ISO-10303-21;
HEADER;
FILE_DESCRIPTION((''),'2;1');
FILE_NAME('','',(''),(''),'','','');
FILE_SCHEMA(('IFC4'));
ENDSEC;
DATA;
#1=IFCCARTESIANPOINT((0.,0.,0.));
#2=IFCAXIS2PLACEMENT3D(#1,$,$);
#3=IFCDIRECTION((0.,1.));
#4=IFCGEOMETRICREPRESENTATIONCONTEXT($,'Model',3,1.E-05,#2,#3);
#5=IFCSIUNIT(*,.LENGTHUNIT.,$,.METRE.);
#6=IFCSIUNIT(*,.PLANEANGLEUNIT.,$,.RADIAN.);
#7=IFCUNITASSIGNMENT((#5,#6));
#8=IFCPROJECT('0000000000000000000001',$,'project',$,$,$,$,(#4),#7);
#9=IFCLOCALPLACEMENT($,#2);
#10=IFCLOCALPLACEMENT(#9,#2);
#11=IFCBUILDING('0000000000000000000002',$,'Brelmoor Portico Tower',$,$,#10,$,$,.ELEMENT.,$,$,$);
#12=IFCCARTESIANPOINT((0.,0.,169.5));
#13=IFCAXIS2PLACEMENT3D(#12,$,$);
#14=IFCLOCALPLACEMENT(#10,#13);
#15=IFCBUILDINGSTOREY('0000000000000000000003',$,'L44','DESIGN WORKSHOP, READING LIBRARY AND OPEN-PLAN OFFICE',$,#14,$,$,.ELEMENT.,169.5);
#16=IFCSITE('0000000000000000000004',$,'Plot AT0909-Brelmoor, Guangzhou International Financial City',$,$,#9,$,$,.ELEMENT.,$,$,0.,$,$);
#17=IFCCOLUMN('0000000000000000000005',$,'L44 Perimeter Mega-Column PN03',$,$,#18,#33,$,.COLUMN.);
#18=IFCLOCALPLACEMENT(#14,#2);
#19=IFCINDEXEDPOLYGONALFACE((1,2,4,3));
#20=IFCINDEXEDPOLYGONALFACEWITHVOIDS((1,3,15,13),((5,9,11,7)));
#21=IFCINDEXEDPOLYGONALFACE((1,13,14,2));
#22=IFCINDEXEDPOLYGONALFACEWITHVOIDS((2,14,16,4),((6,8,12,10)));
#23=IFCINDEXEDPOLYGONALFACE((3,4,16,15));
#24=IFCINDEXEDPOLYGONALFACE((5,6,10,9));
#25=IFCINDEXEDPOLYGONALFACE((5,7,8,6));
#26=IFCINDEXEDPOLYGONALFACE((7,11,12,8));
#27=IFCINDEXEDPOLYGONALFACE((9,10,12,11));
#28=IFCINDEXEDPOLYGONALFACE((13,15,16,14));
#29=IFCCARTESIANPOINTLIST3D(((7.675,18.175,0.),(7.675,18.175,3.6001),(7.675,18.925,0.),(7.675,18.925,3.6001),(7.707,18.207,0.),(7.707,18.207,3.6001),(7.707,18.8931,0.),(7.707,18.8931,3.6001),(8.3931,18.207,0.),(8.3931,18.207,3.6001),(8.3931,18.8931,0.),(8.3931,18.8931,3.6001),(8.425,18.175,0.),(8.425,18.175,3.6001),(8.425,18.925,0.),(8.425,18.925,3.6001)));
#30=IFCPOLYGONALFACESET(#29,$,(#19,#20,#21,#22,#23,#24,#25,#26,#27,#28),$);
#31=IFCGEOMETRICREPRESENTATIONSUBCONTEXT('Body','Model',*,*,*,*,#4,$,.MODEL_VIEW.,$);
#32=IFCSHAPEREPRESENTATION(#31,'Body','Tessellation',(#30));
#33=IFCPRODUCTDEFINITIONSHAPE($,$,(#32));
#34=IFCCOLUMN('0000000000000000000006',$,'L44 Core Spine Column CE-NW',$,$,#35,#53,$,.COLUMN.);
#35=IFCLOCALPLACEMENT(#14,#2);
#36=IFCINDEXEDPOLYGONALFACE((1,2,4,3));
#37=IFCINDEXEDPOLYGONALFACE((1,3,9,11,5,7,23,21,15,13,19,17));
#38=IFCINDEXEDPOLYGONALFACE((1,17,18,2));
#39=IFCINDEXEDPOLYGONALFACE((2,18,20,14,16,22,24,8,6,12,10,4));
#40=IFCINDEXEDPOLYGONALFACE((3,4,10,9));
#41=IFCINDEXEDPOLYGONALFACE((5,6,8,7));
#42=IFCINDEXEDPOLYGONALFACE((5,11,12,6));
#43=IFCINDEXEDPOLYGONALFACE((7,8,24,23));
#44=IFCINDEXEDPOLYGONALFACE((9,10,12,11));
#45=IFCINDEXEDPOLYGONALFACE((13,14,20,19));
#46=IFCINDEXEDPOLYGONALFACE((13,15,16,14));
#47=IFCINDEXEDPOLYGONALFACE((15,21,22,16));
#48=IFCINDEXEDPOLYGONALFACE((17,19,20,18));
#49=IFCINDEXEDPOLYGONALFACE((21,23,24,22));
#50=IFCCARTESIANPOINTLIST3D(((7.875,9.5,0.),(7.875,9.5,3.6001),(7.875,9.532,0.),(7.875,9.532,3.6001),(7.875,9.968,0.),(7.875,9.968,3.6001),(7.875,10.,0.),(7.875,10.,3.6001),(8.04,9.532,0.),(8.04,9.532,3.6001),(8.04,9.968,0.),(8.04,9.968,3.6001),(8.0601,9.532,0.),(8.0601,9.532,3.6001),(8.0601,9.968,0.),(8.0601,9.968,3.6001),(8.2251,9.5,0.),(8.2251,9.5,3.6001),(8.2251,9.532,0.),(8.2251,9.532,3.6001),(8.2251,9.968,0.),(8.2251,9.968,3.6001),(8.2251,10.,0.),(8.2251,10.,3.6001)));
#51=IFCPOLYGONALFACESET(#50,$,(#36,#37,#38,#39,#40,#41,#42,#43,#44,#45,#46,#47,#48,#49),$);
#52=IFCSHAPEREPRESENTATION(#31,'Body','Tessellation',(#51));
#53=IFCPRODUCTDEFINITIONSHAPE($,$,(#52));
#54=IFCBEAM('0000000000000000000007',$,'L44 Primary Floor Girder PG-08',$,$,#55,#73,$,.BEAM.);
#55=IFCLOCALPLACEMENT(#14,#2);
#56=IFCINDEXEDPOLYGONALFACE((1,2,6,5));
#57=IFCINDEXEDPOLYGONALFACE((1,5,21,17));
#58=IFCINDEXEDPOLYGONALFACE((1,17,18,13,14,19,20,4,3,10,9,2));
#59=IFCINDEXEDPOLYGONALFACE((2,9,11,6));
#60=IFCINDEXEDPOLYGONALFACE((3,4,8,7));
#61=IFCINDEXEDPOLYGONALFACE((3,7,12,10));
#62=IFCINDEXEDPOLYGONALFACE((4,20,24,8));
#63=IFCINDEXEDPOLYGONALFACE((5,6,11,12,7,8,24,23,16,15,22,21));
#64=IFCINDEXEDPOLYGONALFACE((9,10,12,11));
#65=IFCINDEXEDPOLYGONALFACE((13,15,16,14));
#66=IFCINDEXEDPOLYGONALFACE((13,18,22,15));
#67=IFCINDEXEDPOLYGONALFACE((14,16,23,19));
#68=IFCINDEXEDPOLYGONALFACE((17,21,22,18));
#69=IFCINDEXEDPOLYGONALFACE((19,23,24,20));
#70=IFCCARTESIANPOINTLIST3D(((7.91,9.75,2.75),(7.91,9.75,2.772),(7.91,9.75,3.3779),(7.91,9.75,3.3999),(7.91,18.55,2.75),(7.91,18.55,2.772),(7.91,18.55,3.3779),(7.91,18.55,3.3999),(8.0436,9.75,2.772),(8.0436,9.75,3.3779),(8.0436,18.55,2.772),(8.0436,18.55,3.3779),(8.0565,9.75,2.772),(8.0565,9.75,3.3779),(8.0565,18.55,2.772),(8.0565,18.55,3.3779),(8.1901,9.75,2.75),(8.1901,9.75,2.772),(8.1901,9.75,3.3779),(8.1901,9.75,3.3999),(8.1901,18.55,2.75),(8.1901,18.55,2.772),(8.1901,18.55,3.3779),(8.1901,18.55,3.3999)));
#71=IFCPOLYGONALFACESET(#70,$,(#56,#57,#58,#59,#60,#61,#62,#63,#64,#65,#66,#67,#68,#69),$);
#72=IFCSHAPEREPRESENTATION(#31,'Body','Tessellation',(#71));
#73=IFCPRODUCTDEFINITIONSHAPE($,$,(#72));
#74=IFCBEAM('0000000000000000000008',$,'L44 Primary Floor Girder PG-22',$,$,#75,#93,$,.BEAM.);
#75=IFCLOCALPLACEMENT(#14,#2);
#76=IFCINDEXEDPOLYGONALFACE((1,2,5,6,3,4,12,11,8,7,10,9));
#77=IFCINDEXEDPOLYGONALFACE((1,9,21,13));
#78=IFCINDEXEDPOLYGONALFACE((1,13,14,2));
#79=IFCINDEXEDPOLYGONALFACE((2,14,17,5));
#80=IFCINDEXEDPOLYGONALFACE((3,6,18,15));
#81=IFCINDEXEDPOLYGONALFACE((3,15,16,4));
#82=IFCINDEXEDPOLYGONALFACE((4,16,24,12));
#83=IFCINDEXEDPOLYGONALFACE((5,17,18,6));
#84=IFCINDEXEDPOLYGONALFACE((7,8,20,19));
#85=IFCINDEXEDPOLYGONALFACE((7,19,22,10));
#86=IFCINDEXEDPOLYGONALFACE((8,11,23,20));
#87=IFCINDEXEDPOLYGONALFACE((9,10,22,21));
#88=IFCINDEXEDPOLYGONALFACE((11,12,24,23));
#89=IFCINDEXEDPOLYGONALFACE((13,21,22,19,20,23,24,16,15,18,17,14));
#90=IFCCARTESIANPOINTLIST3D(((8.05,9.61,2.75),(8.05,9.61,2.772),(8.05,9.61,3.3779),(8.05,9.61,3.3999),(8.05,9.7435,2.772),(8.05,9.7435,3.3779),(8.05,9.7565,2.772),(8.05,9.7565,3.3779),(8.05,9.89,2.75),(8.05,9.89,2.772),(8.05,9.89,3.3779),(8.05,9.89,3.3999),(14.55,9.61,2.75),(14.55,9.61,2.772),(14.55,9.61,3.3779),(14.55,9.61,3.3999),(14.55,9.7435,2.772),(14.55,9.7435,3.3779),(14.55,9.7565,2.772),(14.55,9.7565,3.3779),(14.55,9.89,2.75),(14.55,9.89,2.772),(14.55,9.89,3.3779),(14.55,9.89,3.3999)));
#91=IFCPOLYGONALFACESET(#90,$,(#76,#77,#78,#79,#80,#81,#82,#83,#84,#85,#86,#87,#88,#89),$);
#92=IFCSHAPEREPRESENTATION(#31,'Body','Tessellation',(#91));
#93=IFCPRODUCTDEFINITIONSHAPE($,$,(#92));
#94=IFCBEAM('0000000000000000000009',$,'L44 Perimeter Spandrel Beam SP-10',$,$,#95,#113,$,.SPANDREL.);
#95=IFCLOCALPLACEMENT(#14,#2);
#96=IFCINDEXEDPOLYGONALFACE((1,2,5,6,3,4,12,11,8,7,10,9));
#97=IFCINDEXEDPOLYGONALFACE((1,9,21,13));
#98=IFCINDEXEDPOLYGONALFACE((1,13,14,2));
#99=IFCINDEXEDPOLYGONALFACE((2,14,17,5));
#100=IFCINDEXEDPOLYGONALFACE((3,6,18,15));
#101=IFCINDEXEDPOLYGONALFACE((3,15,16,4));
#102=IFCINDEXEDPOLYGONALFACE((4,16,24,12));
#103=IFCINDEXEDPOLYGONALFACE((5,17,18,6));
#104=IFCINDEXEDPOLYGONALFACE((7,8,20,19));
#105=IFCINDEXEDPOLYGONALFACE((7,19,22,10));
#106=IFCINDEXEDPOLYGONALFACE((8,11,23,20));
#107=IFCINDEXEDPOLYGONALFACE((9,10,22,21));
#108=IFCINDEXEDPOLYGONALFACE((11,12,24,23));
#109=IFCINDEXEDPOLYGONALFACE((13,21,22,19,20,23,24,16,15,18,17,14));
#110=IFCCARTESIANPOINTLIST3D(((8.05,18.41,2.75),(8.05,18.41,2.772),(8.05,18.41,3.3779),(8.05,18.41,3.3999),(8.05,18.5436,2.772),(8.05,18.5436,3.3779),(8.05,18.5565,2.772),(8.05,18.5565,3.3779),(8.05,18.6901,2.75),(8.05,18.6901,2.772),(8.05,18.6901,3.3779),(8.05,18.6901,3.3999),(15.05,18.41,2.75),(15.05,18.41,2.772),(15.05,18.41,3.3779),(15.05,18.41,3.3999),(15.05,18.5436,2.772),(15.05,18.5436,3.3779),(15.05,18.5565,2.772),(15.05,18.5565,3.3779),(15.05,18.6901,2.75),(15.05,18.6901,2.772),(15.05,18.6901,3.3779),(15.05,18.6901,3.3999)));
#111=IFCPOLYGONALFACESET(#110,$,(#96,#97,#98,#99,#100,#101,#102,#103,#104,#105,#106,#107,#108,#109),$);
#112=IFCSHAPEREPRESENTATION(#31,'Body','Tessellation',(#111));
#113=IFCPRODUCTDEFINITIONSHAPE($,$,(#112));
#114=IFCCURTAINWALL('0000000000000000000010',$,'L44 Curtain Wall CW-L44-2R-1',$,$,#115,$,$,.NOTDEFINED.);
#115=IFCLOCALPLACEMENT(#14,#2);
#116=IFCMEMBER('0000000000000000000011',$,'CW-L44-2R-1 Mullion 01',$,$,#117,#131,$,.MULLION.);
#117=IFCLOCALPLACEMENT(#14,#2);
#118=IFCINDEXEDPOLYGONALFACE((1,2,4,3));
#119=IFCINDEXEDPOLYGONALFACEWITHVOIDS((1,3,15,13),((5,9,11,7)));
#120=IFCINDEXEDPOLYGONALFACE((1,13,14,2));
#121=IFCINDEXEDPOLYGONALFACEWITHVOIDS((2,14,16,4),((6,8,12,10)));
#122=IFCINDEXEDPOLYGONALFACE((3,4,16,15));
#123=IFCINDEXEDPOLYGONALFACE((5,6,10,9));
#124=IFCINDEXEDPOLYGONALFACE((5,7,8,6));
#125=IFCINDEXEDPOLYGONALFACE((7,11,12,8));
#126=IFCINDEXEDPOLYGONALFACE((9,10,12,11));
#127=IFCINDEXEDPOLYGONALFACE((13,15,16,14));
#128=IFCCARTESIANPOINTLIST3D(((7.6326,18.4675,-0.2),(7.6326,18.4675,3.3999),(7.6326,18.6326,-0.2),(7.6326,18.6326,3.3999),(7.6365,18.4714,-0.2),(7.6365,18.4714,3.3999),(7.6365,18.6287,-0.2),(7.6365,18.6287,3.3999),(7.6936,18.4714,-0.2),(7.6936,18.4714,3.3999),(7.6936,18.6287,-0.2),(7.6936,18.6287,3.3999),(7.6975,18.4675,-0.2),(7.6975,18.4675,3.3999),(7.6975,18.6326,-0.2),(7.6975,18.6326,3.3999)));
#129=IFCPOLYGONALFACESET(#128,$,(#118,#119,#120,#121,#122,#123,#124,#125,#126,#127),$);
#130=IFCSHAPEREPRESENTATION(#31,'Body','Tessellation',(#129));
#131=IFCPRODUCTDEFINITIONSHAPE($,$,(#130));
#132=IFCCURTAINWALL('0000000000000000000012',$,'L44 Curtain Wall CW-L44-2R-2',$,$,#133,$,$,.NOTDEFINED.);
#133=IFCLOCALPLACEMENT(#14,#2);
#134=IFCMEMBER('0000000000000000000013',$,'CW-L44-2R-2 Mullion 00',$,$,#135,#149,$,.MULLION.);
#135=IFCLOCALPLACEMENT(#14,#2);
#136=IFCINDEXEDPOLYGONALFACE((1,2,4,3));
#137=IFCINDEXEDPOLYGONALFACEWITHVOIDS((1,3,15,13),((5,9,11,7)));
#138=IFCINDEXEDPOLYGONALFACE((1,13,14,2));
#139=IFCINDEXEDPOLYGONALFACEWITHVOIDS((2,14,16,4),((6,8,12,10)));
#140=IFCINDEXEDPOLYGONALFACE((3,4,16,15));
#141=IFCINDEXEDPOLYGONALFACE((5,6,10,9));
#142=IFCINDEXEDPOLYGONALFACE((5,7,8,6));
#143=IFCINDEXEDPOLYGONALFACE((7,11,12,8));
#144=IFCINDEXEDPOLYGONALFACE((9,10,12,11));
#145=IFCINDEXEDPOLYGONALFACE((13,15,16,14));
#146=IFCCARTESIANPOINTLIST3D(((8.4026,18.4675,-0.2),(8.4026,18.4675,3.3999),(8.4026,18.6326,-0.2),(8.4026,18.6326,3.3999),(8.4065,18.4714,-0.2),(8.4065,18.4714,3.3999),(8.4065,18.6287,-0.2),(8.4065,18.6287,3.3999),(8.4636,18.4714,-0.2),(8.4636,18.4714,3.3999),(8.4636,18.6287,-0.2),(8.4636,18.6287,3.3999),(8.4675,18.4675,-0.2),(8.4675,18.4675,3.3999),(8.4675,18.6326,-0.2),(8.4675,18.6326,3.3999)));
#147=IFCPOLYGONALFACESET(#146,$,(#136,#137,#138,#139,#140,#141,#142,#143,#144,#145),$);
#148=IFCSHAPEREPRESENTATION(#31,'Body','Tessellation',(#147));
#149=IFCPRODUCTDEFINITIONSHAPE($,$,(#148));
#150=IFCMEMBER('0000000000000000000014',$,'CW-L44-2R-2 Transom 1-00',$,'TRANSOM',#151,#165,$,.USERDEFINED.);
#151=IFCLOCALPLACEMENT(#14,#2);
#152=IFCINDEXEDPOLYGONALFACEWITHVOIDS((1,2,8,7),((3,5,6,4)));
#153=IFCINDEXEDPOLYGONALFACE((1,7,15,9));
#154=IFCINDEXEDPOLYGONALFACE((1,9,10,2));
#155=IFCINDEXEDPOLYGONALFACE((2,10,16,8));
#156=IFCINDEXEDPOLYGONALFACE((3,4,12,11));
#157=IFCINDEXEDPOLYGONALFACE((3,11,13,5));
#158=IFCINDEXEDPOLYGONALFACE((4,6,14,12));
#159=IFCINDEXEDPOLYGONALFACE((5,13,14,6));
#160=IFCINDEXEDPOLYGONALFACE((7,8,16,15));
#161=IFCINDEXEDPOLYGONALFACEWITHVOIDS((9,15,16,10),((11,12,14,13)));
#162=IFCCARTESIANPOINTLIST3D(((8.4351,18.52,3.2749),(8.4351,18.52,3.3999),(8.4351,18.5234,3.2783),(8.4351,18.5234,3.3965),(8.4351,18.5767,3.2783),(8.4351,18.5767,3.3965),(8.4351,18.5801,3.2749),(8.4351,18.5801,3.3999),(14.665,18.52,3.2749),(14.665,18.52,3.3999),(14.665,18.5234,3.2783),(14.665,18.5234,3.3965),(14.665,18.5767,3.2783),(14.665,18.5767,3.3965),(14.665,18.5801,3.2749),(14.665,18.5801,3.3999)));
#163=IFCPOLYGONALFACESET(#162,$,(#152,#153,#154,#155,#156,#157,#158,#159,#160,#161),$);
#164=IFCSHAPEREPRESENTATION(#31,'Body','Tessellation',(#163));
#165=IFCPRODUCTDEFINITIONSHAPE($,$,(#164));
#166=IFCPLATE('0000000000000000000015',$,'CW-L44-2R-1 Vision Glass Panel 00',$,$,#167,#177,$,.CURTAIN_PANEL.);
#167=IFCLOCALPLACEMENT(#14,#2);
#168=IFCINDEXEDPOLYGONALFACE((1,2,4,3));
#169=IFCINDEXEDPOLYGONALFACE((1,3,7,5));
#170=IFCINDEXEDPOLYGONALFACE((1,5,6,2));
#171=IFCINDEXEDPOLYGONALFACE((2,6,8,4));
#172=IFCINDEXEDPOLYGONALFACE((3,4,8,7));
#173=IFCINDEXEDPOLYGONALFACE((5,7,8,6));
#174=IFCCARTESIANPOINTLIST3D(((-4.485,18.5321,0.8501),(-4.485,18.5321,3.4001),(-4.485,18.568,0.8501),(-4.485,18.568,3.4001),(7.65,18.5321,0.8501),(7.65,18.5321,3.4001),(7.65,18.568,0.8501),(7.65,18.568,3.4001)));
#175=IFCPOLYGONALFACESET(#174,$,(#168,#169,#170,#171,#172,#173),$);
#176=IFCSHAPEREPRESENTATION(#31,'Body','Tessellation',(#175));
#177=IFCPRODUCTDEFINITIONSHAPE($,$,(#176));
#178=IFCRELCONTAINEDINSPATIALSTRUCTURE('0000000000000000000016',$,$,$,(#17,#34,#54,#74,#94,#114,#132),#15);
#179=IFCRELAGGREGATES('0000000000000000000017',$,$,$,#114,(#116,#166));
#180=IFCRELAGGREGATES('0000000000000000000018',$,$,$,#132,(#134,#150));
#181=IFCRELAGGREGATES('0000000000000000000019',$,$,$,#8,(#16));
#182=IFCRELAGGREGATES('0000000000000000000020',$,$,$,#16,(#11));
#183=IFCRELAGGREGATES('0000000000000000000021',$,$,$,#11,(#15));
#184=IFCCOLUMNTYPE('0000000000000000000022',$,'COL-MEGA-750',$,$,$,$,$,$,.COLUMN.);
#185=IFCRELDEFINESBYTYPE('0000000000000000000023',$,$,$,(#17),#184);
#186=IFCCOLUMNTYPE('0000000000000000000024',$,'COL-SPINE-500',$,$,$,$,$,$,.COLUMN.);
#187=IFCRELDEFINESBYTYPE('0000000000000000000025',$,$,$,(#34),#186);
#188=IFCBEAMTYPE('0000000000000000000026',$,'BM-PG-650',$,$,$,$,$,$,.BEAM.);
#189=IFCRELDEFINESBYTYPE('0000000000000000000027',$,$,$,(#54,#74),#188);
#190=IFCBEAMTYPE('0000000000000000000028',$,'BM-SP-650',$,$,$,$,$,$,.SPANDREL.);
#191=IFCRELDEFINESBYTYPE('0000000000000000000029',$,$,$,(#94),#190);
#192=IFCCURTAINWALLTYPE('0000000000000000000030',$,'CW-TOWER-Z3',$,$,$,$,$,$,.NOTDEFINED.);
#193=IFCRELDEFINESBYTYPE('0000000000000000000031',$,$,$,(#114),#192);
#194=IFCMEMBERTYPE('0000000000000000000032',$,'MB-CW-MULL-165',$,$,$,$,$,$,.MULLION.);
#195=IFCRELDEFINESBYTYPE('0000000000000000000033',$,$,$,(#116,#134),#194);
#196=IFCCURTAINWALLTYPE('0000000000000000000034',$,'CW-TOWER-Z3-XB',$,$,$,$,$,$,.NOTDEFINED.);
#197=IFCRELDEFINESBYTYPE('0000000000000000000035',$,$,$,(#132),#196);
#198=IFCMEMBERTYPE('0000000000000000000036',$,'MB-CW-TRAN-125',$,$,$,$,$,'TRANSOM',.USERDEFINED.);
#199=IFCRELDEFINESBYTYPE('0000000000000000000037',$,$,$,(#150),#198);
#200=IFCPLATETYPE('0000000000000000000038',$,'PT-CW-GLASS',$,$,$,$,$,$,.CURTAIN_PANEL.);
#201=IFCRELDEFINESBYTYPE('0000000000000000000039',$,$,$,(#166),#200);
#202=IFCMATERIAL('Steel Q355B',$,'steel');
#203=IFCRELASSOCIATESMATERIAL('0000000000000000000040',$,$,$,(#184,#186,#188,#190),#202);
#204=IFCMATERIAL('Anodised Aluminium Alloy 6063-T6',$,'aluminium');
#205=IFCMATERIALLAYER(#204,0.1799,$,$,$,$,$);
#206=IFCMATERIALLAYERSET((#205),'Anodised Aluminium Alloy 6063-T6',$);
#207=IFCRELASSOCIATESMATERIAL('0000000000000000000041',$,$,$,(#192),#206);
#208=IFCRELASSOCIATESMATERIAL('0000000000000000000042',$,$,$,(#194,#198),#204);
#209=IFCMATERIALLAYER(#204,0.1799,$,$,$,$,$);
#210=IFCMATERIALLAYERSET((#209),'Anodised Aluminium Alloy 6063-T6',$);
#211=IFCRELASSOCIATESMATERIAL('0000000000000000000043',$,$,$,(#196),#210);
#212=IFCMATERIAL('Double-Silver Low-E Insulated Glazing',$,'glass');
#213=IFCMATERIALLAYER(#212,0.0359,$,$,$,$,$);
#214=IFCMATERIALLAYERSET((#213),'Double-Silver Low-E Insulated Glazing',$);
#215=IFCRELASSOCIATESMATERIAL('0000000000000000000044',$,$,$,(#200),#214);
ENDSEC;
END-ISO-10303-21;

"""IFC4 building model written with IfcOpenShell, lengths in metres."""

from ifc_helpers import new_model, si_unit, direction, frame, origin, origin_2d, place, context, subcontext, project, spatial, rectangle, hollow_rectangle, i_section, extrude, material, layer, layer_set, material_profile, profile_set, type_object, element, aggregate, save


model = new_model("IFC4")

# Units and contexts
model_context = context("Model", 3, precision=1e-05, world=origin(), true_north=direction((0.0, 1.0)))
body_context = subcontext(model_context, "Body", "Model", "MODEL_VIEW")
ifc_project = project(units=[si_unit("LENGTHUNIT", "METRE"), si_unit("PLANEANGLEUNIT", "RADIAN")], contexts=[model_context])

# Site, building, storey
site_placement = place(None, origin())
site = spatial("IfcSite", under=ifc_project, at=site_placement, Name="Plot AT0909-Brelmoor, Guangzhou International Financial City", CompositionType="ELEMENT", RefElevation=0.0)
building_placement = place(site_placement, origin())
building = spatial("IfcBuilding", under=site, at=building_placement, Name="Brelmoor Portico Tower", CompositionType="ELEMENT")
storey_placement = place(building_placement, frame((0.0, 0.0, 169.5)))
storey = spatial("IfcBuildingStorey", under=building, at=storey_placement, Name="L44", Description="DESIGN WORKSHOP, READING LIBRARY AND OPEN-PLAN OFFICE", CompositionType="ELEMENT", Elevation=169.5)

# Columns
ifc_material_1 = material(Name="Steel Q355B", Category="steel")
ifc_material_profile_1 = material_profile(ifc_material_1, hollow_rectangle(XDim=0.75, YDim=0.75, WallThickness=0.032, at=origin_2d()), Name="BOX 750x750x32")
ifc_profile_set_1 = profile_set([ifc_material_profile_1], Name="Steel Q355B")
column_type_1 = type_object("IfcColumnType", Name="COL-MEGA-750", PredefinedType="COLUMN", material=ifc_profile_set_1)
column_1_placement = place(storey_placement, frame((8.05, 18.55, 0.0), z_axis=(0.0, 0.0, 1.0), x_axis=(1.0, 0.0, 0.0)))
element("IfcColumn", 1, at=column_1_placement, inside=storey, type_object=column_type_1, Name="L44 Perimeter Mega-Column PN03", PredefinedType="COLUMN", context=body_context, shape_type="SweptSolid", body=[
    extrude(hollow_rectangle(XDim=0.75, YDim=0.75, WallThickness=0.032, at=origin_2d()), origin(), (0.0, 0.0, 1.0), 3.6001),
])
ifc_material_profile_2 = material_profile(ifc_material_1, i_section(OverallWidth=0.3501, OverallDepth=0.5, WebThickness=0.02, FlangeThickness=0.032, at=origin_2d()), Name="HW 500x350x20x32")
ifc_profile_set_2 = profile_set([ifc_material_profile_2], Name="Steel Q355B")
column_type_2 = type_object("IfcColumnType", Name="COL-SPINE-500", PredefinedType="COLUMN", material=ifc_profile_set_2)
column_2_placement = place(storey_placement, frame((8.05, 9.75, 0.0), z_axis=(0.0, 0.0, 1.0), x_axis=(1.0, 0.0, 0.0)))
element("IfcColumn", 2, at=column_2_placement, inside=storey, type_object=column_type_2, Name="L44 Core Spine Column CE-NW", PredefinedType="COLUMN", context=body_context, shape_type="SweptSolid", body=[
    extrude(i_section(OverallWidth=0.3501, OverallDepth=0.5, WebThickness=0.02, FlangeThickness=0.032, at=origin_2d()), origin(), (0.0, 0.0, 1.0), 3.6001),
])

# Beams
ifc_material_profile_3 = material_profile(ifc_material_1, i_section(OverallWidth=0.28, OverallDepth=0.6499, WebThickness=0.0129, FlangeThickness=0.022, at=origin_2d()), Name="HN 650x280x13x22")
ifc_profile_set_3 = profile_set([ifc_material_profile_3], Name="Steel Q355B")
beam_type_1 = type_object("IfcBeamType", Name="BM-PG-650", PredefinedType="BEAM", material=ifc_profile_set_3)
beam_1_placement = place(storey_placement, frame((8.05, 9.75, 3.075), z_axis=(0.0, 1.0, 0.0), x_axis=(-1.0, 0.0, 0.0)))
element("IfcBeam", 3, at=beam_1_placement, inside=storey, type_object=beam_type_1, Name="L44 Primary Floor Girder PG-08", PredefinedType="BEAM", context=body_context, shape_type="SweptSolid", body=[
    extrude(i_section(OverallWidth=0.28, OverallDepth=0.6499, WebThickness=0.0129, FlangeThickness=0.022, at=origin_2d()), origin(), (0.0, 0.0, 1.0), 8.8),
])
beam_2_placement = place(storey_placement, frame((8.05, 9.75, 3.075), z_axis=(1.0, 0.0, 0.0), x_axis=(0.0, 1.0, 0.0)))
element("IfcBeam", 4, at=beam_2_placement, inside=storey, type_object=beam_type_1, Name="L44 Primary Floor Girder PG-22", PredefinedType="BEAM", context=body_context, shape_type="SweptSolid", body=[
    extrude(i_section(OverallWidth=0.28, OverallDepth=0.6499, WebThickness=0.0129, FlangeThickness=0.022, at=origin_2d()), origin(), (0.0, 0.0, 1.0), 6.5),
])
ifc_material_profile_4 = material_profile(ifc_material_1, i_section(OverallWidth=0.28, OverallDepth=0.6499, WebThickness=0.0129, FlangeThickness=0.022, at=origin_2d()), Name="HN 650x280x13x22")
ifc_profile_set_4 = profile_set([ifc_material_profile_4], Name="Steel Q355B")
beam_type_2 = type_object("IfcBeamType", Name="BM-SP-650", PredefinedType="SPANDREL", material=ifc_profile_set_4)
beam_3_placement = place(storey_placement, frame((8.05, 18.55, 3.075), z_axis=(1.0, 0.0, 0.0), x_axis=(0.0, 1.0, 0.0)))
element("IfcBeam", 5, at=beam_3_placement, inside=storey, type_object=beam_type_2, Name="L44 Perimeter Spandrel Beam SP-10", PredefinedType="SPANDREL", context=body_context, shape_type="SweptSolid", body=[
    extrude(i_section(OverallWidth=0.28, OverallDepth=0.6499, WebThickness=0.0129, FlangeThickness=0.022, at=origin_2d()), origin(), (0.0, 0.0, 1.0), 7.0),
])

# Curtain wall, member
ifc_material_2 = material(Name="Anodised Aluminium Alloy 6063-T6", Category="aluminium")
ifc_layer_1 = layer(ifc_material_2, 0.1799)
ifc_layer_set_1 = layer_set([ifc_layer_1], Name="Anodised Aluminium Alloy 6063-T6")
curtain_wall_type_1 = type_object("IfcCurtainWallType", Name="CW-TOWER-Z3", PredefinedType="NOTDEFINED", material=ifc_layer_set_1)
curtain_wall_1_placement = place(storey_placement, origin())
curtain_wall_1 = element("IfcCurtainWall", 6, at=curtain_wall_1_placement, inside=storey, type_object=curtain_wall_type_1, Name="L44 Curtain Wall CW-L44-2R-1", PredefinedType="NOTDEFINED")
ifc_material_profile_5 = material_profile(ifc_material_2, hollow_rectangle(XDim=0.0649, YDim=0.165, WallThickness=0.0039, at=origin_2d()), Name="ALU MULLION 65x165")
ifc_profile_set_5 = profile_set([ifc_material_profile_5], Name="Anodised Aluminium Alloy 6063-T6")
member_type_1 = type_object("IfcMemberType", Name="MB-CW-MULL-165", PredefinedType="MULLION", material=ifc_profile_set_5)
member_1_placement = place(storey_placement, frame((7.665, 18.55, -0.2), z_axis=(0.0, 0.0, 1.0), x_axis=(1.0, 0.0, 0.0)))
member_1 = element("IfcMember", 7, at=member_1_placement, type_object=member_type_1, Name="CW-L44-2R-1 Mullion 01", PredefinedType="MULLION", context=body_context, shape_type="SweptSolid", body=[
    extrude(hollow_rectangle(XDim=0.0649, YDim=0.165, WallThickness=0.0039, at=origin_2d()), origin(), (0.0, 0.0, 1.0), 3.5999),
])

# Curtain wall, members
ifc_layer_2 = layer(ifc_material_2, 0.1799)
ifc_layer_set_2 = layer_set([ifc_layer_2], Name="Anodised Aluminium Alloy 6063-T6")
curtain_wall_type_2 = type_object("IfcCurtainWallType", Name="CW-TOWER-Z3-XB", PredefinedType="NOTDEFINED", material=ifc_layer_set_2)
curtain_wall_2_placement = place(storey_placement, origin())
curtain_wall_2 = element("IfcCurtainWall", 8, at=curtain_wall_2_placement, inside=storey, type_object=curtain_wall_type_2, Name="L44 Curtain Wall CW-L44-2R-2", PredefinedType="NOTDEFINED")
member_2_placement = place(storey_placement, frame((8.4351, 18.55, -0.2), z_axis=(0.0, 0.0, 1.0), x_axis=(1.0, 0.0, 0.0)))
member_2 = element("IfcMember", 9, at=member_2_placement, type_object=member_type_1, Name="CW-L44-2R-2 Mullion 00", PredefinedType="MULLION", context=body_context, shape_type="SweptSolid", body=[
    extrude(hollow_rectangle(XDim=0.0649, YDim=0.165, WallThickness=0.0039, at=origin_2d()), origin(), (0.0, 0.0, 1.0), 3.5999),
])
ifc_material_profile_6 = material_profile(ifc_material_2, hollow_rectangle(XDim=0.0601, YDim=0.125, WallThickness=0.0034, at=origin_2d()), Name="ALU TRANSOM 60x125")
ifc_profile_set_6 = profile_set([ifc_material_profile_6], Name="Anodised Aluminium Alloy 6063-T6")
member_type_2 = type_object("IfcMemberType", Name="MB-CW-TRAN-125", ElementType="TRANSOM", PredefinedType="USERDEFINED", material=ifc_profile_set_6)
member_3_placement = place(storey_placement, frame((8.4351, 18.55, 3.3374), z_axis=(1.0, 0.0, 0.0), x_axis=(0.0, 1.0, 0.0)))
member_3 = element("IfcMember", 10, at=member_3_placement, type_object=member_type_2, Name="CW-L44-2R-2 Transom 1-00", ObjectType="TRANSOM", PredefinedType="USERDEFINED", context=body_context, shape_type="SweptSolid", body=[
    extrude(hollow_rectangle(XDim=0.0601, YDim=0.125, WallThickness=0.0034, at=origin_2d()), origin(), (0.0, 0.0, 1.0), 6.23),
])

# Plate
ifc_material_3 = material(Name="Double-Silver Low-E Insulated Glazing", Category="glass")
ifc_layer_3 = layer(ifc_material_3, 0.0359)
ifc_layer_set_3 = layer_set([ifc_layer_3], Name="Double-Silver Low-E Insulated Glazing")
plate_type_1 = type_object("IfcPlateType", Name="PT-CW-GLASS", PredefinedType="CURTAIN_PANEL", material=ifc_layer_set_3)
plate_1_placement = place(storey_placement, frame((1.5825, 18.55, 0.8501), z_axis=(0.0, 0.0, 1.0), x_axis=(1.0, 0.0, 0.0)))
plate_1 = element("IfcPlate", 11, at=plate_1_placement, type_object=plate_type_1, Name="CW-L44-2R-1 Vision Glass Panel 00", PredefinedType="CURTAIN_PANEL", context=body_context, shape_type="SweptSolid", body=[
    extrude(rectangle(XDim=12.135, YDim=0.0359, at=origin_2d()), origin(), (0.0, 0.0, 1.0), 2.55),
])
aggregate(curtain_wall_1, [member_1, plate_1])
aggregate(curtain_wall_2, [member_2, member_3])

save(model, "model.ifc")
